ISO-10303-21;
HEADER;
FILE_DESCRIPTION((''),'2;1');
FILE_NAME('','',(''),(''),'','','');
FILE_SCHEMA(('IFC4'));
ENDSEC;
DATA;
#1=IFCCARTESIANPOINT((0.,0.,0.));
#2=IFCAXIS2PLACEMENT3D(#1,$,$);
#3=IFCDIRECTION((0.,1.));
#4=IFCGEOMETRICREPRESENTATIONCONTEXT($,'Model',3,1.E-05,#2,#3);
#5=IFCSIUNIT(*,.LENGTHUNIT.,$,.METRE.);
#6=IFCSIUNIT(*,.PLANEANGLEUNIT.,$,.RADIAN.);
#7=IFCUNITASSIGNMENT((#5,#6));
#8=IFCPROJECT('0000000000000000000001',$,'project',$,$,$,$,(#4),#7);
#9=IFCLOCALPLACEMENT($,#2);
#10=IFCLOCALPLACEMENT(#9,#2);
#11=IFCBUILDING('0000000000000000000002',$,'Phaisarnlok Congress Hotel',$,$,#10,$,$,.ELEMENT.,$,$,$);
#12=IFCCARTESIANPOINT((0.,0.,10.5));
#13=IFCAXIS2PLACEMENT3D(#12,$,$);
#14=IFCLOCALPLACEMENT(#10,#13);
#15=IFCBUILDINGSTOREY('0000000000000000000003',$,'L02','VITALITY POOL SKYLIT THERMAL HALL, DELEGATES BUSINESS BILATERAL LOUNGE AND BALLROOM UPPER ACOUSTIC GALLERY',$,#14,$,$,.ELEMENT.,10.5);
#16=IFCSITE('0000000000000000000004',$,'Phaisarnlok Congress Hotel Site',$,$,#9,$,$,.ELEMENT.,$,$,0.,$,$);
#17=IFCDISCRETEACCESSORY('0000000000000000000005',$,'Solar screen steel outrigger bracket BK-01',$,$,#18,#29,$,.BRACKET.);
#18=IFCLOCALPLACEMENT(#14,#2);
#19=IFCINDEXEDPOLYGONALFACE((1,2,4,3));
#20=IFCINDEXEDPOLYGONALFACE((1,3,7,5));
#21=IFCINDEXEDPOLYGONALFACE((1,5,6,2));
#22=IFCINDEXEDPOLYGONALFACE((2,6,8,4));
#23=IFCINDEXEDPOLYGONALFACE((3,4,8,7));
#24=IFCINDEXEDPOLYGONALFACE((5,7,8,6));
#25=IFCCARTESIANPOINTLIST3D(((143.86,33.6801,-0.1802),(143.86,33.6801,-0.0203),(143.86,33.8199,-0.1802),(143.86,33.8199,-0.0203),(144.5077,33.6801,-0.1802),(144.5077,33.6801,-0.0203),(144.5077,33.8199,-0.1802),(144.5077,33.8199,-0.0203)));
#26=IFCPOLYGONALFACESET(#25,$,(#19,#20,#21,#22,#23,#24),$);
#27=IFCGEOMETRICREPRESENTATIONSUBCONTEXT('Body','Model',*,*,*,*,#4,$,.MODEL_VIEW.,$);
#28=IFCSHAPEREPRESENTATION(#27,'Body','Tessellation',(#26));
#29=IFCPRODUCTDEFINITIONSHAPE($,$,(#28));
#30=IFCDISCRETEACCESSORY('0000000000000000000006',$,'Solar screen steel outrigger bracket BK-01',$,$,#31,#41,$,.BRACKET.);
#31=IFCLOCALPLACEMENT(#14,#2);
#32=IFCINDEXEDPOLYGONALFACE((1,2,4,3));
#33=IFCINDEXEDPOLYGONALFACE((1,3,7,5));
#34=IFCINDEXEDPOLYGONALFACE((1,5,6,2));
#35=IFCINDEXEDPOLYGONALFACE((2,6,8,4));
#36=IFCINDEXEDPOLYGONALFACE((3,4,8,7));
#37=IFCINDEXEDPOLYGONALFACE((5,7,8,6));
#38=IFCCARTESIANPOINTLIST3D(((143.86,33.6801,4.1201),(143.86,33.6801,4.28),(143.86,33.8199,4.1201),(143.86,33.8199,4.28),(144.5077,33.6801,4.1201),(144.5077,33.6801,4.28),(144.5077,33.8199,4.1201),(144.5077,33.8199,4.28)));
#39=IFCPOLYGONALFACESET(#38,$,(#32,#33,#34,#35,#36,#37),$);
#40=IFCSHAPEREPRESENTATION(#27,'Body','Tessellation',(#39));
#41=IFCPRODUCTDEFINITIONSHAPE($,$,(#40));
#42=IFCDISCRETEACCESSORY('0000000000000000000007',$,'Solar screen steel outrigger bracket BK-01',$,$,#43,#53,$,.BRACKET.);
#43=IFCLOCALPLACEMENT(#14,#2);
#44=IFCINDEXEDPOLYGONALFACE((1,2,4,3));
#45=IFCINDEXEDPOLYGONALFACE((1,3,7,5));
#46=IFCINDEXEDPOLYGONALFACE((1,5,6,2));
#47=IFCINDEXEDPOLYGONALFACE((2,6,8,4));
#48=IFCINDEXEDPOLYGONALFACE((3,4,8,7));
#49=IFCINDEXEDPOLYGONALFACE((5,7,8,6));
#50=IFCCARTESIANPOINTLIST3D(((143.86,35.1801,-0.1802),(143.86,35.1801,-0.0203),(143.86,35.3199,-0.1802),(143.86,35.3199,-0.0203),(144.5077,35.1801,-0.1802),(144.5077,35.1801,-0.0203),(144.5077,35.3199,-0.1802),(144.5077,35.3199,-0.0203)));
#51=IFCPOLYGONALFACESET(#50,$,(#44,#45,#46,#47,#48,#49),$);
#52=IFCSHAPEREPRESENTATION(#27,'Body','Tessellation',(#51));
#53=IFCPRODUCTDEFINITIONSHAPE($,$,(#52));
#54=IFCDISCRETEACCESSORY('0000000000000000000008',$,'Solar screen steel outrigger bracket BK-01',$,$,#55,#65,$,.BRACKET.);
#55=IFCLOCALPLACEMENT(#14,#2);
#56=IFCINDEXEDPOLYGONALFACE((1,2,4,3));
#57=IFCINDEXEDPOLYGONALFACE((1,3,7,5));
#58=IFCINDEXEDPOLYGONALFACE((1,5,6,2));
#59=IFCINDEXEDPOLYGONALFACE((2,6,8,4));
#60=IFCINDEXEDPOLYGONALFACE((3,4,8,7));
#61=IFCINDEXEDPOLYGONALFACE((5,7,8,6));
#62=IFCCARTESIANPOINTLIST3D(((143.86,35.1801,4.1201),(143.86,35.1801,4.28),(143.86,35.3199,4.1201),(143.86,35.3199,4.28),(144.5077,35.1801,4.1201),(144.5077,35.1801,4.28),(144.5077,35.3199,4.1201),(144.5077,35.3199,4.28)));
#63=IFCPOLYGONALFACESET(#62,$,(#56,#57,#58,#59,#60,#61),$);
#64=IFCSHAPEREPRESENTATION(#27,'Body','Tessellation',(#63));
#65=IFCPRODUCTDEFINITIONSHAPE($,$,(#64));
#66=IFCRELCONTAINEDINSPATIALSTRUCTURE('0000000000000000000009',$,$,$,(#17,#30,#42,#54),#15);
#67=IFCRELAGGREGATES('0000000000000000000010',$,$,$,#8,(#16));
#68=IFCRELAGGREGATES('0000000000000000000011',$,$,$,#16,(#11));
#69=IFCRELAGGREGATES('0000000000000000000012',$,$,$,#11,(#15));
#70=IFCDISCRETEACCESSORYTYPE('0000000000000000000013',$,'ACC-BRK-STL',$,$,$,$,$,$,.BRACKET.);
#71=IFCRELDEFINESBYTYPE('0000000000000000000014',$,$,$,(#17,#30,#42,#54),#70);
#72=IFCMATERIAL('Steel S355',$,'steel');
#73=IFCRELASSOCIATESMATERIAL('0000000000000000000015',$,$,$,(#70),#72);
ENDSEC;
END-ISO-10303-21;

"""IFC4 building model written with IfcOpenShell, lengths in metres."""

from ifc_helpers import new_model, si_unit, direction, frame, origin, origin_2d, place, context, subcontext, project, spatial, rectangle, extrude, material, type_object, element, save


model = new_model("IFC4")

# Units and contexts
model_context = context("Model", 3, precision=1e-05, world=origin(), true_north=direction((0.0, 1.0)))
body_context = subcontext(model_context, "Body", "Model", "MODEL_VIEW")
ifc_project = project(units=[si_unit("LENGTHUNIT", "METRE"), si_unit("PLANEANGLEUNIT", "RADIAN")], contexts=[model_context])

# Site, building, storey
site_placement = place(None, origin())
site = spatial("IfcSite", under=ifc_project, at=site_placement, Name="Phaisarnlok Congress Hotel Site", CompositionType="ELEMENT", RefElevation=0.0)
building_placement = place(site_placement, origin())
building = spatial("IfcBuilding", under=site, at=building_placement, Name="Phaisarnlok Congress Hotel", CompositionType="ELEMENT")
storey_placement = place(building_placement, frame((0.0, 0.0, 10.5)))
storey = spatial("IfcBuildingStorey", under=building, at=storey_placement, Name="L02", Description="VITALITY POOL SKYLIT THERMAL HALL, DELEGATES BUSINESS BILATERAL LOUNGE AND BALLROOM UPPER ACOUSTIC GALLERY", CompositionType="ELEMENT", Elevation=10.5)

# Discrete accessories
ifc_material_1 = material(Name="Steel S355", Category="steel")
discrete_accessory_type = type_object("IfcDiscreteAccessoryType", Name="ACC-BRK-STL", PredefinedType="BRACKET", material=ifc_material_1)
for number, where, z_axis, x_axis, name in (
    (1, (144.1838, 33.75, -0.1802), (0.0, 0.0, 1.0), (1.0, 0.0, 0.0), "Solar screen steel outrigger bracket BK-01"),
    (2, (144.1838, 33.75, 4.1201), (0.0, 0.0, 1.0), (1.0, 0.0, 0.0), "Solar screen steel outrigger bracket BK-01"),
    (3, (144.1838, 35.25, -0.1802), (0.0, 0.0, 1.0), (1.0, 0.0, 0.0), "Solar screen steel outrigger bracket BK-01"),
    (4, (144.1838, 35.25, 4.1201), (0.0, 0.0, 1.0), (1.0, 0.0, 0.0), "Solar screen steel outrigger bracket BK-01"),
):
    element("IfcDiscreteAccessory", number, at=place(storey_placement, frame(where, z_axis=z_axis, x_axis=x_axis)), inside=storey, type_object=discrete_accessory_type, Name=name, PredefinedType="BRACKET", context=body_context, shape_type="SweptSolid", body=[
        extrude(rectangle(XDim=0.6477, YDim=0.1399, at=origin_2d()), origin(), (0.0, 0.0, 1.0), 0.1599),
    ])

save(model, "model.ifc")
